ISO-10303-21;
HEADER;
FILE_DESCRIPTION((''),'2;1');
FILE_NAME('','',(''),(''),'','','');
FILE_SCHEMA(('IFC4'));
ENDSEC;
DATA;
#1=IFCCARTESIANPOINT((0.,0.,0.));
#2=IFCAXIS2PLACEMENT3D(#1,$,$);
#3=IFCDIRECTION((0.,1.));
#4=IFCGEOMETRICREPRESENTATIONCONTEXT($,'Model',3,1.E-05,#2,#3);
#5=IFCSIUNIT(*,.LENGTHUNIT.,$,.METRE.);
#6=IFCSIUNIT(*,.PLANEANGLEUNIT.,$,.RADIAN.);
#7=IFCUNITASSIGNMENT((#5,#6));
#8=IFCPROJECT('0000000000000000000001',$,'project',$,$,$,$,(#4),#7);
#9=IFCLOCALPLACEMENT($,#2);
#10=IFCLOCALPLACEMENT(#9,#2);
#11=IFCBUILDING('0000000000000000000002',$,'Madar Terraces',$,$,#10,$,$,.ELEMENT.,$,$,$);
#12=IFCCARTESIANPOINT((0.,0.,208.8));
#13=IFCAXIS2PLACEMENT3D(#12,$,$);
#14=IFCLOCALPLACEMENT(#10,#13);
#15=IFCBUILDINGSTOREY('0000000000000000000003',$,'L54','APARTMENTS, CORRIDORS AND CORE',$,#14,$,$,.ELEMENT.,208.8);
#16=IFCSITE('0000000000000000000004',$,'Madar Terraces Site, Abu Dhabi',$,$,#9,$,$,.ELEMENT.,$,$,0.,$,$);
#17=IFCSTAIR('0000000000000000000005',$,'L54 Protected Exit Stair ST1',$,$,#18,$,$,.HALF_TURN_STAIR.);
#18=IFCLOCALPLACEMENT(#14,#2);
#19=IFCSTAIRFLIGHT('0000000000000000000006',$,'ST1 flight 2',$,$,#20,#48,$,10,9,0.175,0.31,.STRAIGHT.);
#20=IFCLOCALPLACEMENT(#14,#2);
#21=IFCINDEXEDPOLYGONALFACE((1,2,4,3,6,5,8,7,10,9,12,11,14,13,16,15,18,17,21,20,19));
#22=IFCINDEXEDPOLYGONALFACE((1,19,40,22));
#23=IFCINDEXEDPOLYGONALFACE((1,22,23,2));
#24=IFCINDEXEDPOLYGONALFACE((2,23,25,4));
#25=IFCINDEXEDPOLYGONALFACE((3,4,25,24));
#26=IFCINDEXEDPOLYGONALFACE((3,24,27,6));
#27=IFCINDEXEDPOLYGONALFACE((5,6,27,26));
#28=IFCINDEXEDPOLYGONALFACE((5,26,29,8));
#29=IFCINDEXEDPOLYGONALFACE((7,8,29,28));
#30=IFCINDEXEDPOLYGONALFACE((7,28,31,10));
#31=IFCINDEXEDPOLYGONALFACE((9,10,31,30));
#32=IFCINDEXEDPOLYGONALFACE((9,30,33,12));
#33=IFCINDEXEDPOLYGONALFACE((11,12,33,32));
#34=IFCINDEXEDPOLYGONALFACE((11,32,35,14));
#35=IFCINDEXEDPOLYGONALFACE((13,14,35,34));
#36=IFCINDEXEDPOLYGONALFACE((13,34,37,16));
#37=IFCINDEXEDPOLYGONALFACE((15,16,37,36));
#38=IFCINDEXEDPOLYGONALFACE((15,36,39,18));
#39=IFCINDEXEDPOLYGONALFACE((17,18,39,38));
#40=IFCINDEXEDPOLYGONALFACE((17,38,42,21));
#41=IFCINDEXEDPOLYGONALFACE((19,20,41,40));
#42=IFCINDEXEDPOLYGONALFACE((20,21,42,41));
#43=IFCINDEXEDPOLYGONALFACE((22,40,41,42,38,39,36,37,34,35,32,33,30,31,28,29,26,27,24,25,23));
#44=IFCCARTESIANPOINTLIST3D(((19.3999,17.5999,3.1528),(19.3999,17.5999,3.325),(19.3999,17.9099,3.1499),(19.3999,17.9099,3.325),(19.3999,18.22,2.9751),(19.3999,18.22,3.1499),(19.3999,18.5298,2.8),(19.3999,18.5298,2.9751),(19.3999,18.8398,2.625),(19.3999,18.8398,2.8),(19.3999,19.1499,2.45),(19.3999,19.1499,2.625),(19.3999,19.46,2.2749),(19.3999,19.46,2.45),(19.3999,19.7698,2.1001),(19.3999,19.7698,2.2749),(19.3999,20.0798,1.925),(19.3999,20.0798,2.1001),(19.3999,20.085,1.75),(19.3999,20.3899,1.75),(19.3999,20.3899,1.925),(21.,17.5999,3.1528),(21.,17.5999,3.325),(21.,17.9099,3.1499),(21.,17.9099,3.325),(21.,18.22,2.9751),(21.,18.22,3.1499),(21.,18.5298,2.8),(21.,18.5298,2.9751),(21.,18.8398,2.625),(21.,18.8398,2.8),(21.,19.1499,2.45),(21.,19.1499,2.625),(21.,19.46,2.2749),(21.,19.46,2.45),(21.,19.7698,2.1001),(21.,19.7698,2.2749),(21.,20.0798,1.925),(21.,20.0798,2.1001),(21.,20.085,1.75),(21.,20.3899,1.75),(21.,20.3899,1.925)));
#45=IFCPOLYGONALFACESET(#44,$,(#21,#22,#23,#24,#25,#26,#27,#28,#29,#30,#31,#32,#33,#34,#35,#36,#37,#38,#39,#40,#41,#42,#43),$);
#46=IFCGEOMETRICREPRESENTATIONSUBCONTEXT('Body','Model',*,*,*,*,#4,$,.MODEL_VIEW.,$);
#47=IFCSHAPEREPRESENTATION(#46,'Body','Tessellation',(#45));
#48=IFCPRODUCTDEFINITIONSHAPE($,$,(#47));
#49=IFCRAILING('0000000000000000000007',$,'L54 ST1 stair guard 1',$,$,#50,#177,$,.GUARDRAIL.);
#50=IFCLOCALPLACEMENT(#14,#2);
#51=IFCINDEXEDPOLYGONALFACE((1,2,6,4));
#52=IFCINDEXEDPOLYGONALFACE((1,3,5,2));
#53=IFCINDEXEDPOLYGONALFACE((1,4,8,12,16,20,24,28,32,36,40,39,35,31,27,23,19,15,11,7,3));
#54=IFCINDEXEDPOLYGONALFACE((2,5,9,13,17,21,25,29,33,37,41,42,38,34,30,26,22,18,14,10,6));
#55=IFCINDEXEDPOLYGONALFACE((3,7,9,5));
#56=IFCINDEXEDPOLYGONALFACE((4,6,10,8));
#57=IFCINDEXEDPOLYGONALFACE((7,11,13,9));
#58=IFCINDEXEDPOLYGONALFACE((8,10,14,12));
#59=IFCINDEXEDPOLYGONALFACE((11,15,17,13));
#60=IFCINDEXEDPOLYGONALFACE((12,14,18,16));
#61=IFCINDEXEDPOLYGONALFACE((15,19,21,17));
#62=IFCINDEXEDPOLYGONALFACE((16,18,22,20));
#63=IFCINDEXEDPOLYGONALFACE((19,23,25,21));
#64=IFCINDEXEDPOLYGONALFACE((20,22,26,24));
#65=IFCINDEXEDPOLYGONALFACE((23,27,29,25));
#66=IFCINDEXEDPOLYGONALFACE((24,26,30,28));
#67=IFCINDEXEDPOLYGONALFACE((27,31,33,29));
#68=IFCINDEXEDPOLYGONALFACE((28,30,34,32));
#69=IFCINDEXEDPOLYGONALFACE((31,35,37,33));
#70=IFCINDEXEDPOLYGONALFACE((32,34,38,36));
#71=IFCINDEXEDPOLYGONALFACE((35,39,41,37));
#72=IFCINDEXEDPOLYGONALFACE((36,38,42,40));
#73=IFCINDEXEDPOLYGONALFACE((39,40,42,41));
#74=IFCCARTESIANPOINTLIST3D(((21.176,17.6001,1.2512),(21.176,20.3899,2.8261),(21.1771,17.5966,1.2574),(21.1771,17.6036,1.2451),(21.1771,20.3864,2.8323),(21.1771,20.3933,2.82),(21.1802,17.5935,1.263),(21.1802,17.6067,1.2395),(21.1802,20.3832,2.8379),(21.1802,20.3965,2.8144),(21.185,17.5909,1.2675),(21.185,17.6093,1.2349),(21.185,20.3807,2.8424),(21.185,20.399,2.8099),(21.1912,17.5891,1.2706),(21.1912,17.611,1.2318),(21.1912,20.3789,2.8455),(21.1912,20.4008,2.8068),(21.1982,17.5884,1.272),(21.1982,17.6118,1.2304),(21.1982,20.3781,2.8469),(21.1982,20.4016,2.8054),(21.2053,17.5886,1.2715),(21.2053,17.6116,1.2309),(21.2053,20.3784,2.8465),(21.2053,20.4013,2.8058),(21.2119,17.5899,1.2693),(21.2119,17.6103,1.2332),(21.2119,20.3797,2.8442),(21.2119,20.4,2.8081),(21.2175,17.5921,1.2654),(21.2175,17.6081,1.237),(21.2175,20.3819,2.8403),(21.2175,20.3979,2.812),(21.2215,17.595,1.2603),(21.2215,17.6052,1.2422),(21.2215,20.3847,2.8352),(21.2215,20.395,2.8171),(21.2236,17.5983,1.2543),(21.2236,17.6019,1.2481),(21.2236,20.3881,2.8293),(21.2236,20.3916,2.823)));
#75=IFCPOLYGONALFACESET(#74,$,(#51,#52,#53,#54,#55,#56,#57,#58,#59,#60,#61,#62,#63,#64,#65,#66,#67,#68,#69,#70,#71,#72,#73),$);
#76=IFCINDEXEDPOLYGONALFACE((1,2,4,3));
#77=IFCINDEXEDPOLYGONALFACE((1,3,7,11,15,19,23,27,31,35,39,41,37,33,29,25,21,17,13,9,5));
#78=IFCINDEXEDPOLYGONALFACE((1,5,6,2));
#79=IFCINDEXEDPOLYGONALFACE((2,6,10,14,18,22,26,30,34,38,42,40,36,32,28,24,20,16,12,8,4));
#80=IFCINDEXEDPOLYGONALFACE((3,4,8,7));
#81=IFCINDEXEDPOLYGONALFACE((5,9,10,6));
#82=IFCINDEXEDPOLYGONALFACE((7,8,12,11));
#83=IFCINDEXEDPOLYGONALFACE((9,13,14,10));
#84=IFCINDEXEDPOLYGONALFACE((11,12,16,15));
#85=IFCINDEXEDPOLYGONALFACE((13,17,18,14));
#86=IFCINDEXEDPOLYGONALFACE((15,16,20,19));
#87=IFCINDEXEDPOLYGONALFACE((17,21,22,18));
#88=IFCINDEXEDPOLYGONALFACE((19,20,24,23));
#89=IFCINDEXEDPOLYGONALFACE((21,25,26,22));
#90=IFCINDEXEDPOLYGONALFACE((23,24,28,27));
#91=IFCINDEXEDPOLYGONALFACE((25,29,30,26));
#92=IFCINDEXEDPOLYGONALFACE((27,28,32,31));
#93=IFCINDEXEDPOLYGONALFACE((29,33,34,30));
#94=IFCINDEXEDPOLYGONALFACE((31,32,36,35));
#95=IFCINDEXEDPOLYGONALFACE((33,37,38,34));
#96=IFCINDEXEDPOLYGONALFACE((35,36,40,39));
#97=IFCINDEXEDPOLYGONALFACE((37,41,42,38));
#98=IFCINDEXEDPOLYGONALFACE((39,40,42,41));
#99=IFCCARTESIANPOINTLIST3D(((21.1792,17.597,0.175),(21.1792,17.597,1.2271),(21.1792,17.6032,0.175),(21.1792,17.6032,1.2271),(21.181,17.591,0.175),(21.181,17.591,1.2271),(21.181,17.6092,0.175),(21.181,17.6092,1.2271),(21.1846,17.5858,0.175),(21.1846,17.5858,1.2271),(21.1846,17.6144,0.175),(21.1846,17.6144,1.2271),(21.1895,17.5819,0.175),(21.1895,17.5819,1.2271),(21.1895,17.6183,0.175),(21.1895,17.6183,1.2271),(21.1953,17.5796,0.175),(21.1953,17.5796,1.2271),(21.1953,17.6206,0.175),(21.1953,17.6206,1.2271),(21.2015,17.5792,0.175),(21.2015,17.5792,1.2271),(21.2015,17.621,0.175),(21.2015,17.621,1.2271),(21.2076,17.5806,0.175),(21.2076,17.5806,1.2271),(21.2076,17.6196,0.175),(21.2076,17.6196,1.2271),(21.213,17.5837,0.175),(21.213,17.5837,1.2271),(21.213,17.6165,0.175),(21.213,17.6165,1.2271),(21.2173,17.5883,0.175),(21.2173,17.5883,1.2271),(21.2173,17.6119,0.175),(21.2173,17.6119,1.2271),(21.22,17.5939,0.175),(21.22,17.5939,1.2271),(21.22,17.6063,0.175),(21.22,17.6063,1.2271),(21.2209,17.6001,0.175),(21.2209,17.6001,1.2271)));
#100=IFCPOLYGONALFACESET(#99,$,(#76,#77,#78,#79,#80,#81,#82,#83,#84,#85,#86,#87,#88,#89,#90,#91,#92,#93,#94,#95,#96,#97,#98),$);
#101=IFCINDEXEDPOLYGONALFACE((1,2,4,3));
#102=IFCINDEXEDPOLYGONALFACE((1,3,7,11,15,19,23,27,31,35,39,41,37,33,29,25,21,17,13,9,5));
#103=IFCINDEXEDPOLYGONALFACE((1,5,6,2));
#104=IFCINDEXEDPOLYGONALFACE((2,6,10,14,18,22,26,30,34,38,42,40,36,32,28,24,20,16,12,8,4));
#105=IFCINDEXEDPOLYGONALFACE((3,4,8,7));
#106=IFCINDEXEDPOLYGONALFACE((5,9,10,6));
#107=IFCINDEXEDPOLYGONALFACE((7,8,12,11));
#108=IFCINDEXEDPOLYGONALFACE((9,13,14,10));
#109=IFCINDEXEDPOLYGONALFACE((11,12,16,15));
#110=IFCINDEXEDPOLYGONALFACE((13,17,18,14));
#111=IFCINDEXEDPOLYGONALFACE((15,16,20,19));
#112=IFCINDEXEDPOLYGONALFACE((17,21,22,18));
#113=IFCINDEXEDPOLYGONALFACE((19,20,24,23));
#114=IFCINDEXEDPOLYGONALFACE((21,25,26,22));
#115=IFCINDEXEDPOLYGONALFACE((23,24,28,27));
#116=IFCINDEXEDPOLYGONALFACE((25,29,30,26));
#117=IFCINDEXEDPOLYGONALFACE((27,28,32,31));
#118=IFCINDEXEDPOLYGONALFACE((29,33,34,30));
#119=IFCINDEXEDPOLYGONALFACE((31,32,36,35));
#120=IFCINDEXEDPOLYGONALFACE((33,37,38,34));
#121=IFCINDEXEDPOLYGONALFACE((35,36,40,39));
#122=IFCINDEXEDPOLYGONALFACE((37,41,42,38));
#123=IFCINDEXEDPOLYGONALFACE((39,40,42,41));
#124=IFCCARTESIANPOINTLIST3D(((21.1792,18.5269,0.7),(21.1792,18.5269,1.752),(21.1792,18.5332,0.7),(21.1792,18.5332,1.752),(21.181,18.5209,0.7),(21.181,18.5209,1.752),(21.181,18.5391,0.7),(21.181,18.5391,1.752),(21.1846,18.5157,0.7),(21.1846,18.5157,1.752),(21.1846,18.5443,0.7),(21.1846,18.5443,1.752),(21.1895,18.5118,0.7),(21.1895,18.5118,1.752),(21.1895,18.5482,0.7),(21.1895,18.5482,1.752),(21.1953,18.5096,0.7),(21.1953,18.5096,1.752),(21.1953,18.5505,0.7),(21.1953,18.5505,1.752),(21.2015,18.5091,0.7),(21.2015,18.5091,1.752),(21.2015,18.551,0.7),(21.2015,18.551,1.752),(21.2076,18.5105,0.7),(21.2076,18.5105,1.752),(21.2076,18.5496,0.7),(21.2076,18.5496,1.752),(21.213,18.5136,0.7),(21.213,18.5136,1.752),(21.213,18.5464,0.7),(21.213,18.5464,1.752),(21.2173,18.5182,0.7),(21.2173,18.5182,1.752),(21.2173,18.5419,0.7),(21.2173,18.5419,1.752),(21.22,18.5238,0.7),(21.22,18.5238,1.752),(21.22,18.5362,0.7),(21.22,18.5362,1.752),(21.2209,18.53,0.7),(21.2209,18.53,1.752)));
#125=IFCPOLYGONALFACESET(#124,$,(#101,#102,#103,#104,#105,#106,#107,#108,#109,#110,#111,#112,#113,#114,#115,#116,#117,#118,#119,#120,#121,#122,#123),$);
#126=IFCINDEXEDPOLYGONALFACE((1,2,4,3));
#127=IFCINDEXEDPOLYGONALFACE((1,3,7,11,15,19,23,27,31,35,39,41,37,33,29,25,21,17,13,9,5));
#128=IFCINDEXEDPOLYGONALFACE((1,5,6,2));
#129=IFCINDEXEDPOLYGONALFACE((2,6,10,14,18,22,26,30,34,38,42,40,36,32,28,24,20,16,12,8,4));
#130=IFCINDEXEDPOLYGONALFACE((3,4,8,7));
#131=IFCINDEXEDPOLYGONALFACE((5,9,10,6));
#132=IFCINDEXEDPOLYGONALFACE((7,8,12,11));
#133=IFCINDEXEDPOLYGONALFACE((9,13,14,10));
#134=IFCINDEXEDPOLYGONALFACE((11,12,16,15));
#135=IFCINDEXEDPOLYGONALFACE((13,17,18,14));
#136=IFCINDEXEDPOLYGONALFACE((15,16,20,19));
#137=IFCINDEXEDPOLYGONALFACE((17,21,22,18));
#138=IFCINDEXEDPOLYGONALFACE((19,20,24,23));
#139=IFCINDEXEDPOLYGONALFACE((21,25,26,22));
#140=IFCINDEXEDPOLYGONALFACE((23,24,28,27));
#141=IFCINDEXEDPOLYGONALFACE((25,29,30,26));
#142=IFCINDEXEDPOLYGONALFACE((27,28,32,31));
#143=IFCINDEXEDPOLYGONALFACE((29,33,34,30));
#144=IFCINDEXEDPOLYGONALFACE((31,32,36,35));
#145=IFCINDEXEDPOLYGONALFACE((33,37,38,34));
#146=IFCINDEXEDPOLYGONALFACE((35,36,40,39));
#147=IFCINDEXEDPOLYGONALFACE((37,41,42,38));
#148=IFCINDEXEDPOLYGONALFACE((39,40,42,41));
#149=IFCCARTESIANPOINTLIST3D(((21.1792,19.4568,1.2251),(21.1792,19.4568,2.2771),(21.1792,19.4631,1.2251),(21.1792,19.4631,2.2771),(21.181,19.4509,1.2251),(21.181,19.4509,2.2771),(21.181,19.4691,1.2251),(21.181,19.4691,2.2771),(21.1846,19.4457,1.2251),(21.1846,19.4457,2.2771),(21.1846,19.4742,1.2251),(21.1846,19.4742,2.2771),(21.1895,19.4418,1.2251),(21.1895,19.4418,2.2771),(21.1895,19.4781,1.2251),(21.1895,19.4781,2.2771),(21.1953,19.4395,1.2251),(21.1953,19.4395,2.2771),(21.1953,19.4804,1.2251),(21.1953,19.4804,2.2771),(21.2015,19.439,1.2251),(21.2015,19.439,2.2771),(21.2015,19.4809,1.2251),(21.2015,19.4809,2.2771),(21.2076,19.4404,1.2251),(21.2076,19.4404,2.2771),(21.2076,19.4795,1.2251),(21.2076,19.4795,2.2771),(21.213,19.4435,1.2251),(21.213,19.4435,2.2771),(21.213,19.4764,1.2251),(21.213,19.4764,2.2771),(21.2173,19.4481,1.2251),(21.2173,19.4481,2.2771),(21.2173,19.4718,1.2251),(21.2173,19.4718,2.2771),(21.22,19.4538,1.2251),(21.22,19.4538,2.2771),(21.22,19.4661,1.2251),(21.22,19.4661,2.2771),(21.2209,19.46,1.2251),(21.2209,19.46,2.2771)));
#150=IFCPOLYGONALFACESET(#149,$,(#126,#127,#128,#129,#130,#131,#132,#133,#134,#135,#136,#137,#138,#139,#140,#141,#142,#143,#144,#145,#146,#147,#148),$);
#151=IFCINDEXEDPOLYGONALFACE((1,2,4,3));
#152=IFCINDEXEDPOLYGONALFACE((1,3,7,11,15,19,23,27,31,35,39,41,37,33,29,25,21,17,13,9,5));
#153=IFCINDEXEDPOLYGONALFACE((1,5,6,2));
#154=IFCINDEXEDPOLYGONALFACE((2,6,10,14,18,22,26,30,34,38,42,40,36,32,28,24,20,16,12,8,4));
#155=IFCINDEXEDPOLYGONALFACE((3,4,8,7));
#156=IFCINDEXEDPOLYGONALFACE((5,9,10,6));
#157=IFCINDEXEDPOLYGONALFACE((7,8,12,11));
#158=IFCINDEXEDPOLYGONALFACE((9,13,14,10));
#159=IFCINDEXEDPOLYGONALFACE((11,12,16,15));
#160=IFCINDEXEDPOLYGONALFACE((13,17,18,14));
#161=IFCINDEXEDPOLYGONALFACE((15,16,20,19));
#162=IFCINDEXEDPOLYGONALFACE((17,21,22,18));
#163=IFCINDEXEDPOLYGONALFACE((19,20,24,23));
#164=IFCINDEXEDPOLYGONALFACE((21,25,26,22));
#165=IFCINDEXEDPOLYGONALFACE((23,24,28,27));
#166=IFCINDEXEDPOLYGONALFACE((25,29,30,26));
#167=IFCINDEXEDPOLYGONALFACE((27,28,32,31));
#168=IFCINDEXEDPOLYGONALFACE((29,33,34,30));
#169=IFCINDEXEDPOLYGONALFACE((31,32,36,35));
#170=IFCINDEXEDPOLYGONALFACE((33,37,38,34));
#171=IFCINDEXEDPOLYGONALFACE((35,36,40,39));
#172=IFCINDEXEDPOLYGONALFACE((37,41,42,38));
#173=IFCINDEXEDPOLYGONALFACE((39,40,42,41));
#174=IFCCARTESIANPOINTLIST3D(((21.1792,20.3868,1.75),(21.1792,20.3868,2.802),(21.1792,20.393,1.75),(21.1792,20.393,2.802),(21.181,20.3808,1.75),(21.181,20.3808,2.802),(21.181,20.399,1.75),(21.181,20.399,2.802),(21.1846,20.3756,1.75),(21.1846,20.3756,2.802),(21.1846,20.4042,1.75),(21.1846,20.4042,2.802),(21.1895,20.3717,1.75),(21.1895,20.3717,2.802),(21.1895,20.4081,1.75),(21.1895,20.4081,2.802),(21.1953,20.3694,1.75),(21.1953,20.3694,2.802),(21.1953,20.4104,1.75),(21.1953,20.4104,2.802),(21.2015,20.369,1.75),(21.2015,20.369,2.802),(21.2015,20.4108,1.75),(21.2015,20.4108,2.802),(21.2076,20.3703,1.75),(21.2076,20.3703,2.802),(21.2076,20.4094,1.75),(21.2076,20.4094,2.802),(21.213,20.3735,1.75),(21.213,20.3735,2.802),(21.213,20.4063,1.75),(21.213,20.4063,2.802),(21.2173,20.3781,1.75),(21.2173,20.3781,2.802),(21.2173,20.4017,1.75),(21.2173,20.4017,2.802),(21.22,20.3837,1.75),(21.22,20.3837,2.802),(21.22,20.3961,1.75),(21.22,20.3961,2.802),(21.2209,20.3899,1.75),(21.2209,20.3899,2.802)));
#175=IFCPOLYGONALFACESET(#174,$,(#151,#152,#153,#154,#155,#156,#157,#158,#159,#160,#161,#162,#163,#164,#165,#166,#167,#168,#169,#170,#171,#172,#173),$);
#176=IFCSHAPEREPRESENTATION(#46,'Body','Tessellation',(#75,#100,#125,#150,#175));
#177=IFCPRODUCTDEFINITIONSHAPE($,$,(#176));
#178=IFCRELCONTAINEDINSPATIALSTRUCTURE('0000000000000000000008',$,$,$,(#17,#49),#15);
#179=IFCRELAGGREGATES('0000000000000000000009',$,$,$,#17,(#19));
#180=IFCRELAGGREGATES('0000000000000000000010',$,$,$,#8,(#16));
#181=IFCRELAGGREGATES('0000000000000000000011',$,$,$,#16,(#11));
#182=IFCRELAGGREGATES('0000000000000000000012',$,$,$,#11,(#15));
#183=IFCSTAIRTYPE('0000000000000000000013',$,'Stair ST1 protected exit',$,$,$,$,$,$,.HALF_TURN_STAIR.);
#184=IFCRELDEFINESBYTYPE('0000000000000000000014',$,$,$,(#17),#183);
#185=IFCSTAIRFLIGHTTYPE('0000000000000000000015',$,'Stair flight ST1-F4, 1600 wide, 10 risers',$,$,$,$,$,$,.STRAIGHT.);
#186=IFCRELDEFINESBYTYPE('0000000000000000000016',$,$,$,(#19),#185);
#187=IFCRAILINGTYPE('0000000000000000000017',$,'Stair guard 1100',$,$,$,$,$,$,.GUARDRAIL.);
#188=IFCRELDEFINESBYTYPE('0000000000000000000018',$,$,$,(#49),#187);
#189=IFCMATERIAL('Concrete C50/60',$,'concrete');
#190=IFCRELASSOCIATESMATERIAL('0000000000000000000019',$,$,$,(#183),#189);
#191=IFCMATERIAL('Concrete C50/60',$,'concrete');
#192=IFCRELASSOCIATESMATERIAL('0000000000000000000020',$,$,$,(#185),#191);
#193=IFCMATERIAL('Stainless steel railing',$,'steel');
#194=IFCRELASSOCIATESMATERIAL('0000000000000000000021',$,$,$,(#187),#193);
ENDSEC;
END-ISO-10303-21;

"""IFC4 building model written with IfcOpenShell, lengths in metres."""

from ifc_helpers import new_model, si_unit, direction, frame, origin, origin_2d, place, context, subcontext, project, spatial, polyline, circle, outline, extrude, material, type_object, element, aggregate, save


model = new_model("IFC4")

# Units and contexts
model_context = context("Model", 3, precision=1e-05, world=origin(), true_north=direction((0.0, 1.0)))
body_context = subcontext(model_context, "Body", "Model", "MODEL_VIEW")
ifc_project = project(units=[si_unit("LENGTHUNIT", "METRE"), si_unit("PLANEANGLEUNIT", "RADIAN")], contexts=[model_context])

# Site, building, storey
site_placement = place(None, origin())
site = spatial("IfcSite", under=ifc_project, at=site_placement, Name="Madar Terraces Site, Abu Dhabi", CompositionType="ELEMENT", RefElevation=0.0)
building_placement = place(site_placement, origin())
building = spatial("IfcBuilding", under=site, at=building_placement, Name="Madar Terraces", CompositionType="ELEMENT")
storey_placement = place(building_placement, frame((0.0, 0.0, 208.8)))
storey = spatial("IfcBuildingStorey", under=building, at=storey_placement, Name="L54", Description="APARTMENTS, CORRIDORS AND CORE", CompositionType="ELEMENT", Elevation=208.8)

# Stair, stair flight
ifc_material_1 = material(Name="Concrete C50/60", Category="concrete")
stair_type = type_object("IfcStairType", Name="Stair ST1 protected exit", PredefinedType="HALF_TURN_STAIR", material=ifc_material_1)
stair_placement = place(storey_placement, origin())
stair = element("IfcStair", 1, at=stair_placement, inside=storey, type_object=stair_type, Name="L54 Protected Exit Stair ST1", PredefinedType="HALF_TURN_STAIR")
ifc_material_2 = material(Name="Concrete C50/60", Category="concrete")
stair_flight_type = type_object("IfcStairFlightType", Name="Stair flight ST1-F4, 1600 wide, 10 risers", PredefinedType="STRAIGHT", material=ifc_material_2)
stair_flight_1_placement = place(storey_placement, frame((20.2, 20.3899, 1.75), z_axis=(0.0, 0.0, 1.0), x_axis=(0.0, -1.0, 0.0)))
stair_flight_1 = element("IfcStairFlight", 2, at=stair_flight_1_placement, type_object=stair_flight_type, Name="ST1 flight 2", NumberOfRisers=10, NumberOfTreads=9, PredefinedType="STRAIGHT", RiserHeight=0.175, TreadLength=0.31, context=body_context, shape_type="SweptSolid", body=[
    extrude(outline(polyline([(0.0, 0.0), (0.0, 0.175), (0.3101, 0.175), (0.3101, 0.3501), (0.6201, 0.3501), (0.6201, 0.5249), (0.9299, 0.5249), (0.9299, 0.7), (1.24, 0.7), (1.24, 0.875), (1.55, 0.875), (1.55, 1.05), (1.8601, 1.05), (1.8601, 1.2251), (2.1699, 1.2251), (2.1699, 1.3999), (2.48, 1.3999), (2.48, 1.575), (2.79, 1.575), (2.79, 1.75), (2.79, 1.4028), (0.3049, 0.0), (0.0, 0.0)])), frame((0.0, 0.8, 0.0), z_axis=(0.0, -1.0, 0.0), x_axis=(1.0, 0.0, 0.0)), (0.0, 0.0, 1.0), 1.6001),
])
aggregate(stair, [stair_flight_1])

# Railing
ifc_material_3 = material(Name="Stainless steel railing", Category="steel")
railing_type_1 = type_object("IfcRailingType", Name="Stair guard 1100", PredefinedType="GUARDRAIL", material=ifc_material_3)
railing_1_placement = place(storey_placement, frame((21.2, 17.6001, 0.175)))
element("IfcRailing", 3, at=railing_1_placement, inside=storey, type_object=railing_type_1, Name="L54 ST1 stair guard 1", PredefinedType="GUARDRAIL", context=body_context, shape_type="SweptSolid", body=[
    extrude(circle(Radius=0.0239, at=origin_2d()), frame((0.0, 0.0, 1.0762), z_axis=(0.0, 0.870815, 0.49161), x_axis=(-1.0, 0.0, 0.0)), (0.0, 0.0, 1.0), 3.2036),
    extrude(circle(Radius=0.021, at=origin_2d()), origin(), (0.0, 0.0, 1.0), 1.052),
    extrude(circle(Radius=0.021, at=origin_2d()), frame((0.0, 0.9299, 0.5249)), (0.0, 0.0, 1.0), 1.052),
    extrude(circle(Radius=0.021, at=origin_2d()), frame((0.0, 1.8599, 1.05)), (0.0, 0.0, 1.0), 1.052),
    extrude(circle(Radius=0.021, at=origin_2d()), frame((0.0, 2.7898, 1.575)), (0.0, 0.0, 1.0), 1.052),
])

save(model, "model.ifc")
